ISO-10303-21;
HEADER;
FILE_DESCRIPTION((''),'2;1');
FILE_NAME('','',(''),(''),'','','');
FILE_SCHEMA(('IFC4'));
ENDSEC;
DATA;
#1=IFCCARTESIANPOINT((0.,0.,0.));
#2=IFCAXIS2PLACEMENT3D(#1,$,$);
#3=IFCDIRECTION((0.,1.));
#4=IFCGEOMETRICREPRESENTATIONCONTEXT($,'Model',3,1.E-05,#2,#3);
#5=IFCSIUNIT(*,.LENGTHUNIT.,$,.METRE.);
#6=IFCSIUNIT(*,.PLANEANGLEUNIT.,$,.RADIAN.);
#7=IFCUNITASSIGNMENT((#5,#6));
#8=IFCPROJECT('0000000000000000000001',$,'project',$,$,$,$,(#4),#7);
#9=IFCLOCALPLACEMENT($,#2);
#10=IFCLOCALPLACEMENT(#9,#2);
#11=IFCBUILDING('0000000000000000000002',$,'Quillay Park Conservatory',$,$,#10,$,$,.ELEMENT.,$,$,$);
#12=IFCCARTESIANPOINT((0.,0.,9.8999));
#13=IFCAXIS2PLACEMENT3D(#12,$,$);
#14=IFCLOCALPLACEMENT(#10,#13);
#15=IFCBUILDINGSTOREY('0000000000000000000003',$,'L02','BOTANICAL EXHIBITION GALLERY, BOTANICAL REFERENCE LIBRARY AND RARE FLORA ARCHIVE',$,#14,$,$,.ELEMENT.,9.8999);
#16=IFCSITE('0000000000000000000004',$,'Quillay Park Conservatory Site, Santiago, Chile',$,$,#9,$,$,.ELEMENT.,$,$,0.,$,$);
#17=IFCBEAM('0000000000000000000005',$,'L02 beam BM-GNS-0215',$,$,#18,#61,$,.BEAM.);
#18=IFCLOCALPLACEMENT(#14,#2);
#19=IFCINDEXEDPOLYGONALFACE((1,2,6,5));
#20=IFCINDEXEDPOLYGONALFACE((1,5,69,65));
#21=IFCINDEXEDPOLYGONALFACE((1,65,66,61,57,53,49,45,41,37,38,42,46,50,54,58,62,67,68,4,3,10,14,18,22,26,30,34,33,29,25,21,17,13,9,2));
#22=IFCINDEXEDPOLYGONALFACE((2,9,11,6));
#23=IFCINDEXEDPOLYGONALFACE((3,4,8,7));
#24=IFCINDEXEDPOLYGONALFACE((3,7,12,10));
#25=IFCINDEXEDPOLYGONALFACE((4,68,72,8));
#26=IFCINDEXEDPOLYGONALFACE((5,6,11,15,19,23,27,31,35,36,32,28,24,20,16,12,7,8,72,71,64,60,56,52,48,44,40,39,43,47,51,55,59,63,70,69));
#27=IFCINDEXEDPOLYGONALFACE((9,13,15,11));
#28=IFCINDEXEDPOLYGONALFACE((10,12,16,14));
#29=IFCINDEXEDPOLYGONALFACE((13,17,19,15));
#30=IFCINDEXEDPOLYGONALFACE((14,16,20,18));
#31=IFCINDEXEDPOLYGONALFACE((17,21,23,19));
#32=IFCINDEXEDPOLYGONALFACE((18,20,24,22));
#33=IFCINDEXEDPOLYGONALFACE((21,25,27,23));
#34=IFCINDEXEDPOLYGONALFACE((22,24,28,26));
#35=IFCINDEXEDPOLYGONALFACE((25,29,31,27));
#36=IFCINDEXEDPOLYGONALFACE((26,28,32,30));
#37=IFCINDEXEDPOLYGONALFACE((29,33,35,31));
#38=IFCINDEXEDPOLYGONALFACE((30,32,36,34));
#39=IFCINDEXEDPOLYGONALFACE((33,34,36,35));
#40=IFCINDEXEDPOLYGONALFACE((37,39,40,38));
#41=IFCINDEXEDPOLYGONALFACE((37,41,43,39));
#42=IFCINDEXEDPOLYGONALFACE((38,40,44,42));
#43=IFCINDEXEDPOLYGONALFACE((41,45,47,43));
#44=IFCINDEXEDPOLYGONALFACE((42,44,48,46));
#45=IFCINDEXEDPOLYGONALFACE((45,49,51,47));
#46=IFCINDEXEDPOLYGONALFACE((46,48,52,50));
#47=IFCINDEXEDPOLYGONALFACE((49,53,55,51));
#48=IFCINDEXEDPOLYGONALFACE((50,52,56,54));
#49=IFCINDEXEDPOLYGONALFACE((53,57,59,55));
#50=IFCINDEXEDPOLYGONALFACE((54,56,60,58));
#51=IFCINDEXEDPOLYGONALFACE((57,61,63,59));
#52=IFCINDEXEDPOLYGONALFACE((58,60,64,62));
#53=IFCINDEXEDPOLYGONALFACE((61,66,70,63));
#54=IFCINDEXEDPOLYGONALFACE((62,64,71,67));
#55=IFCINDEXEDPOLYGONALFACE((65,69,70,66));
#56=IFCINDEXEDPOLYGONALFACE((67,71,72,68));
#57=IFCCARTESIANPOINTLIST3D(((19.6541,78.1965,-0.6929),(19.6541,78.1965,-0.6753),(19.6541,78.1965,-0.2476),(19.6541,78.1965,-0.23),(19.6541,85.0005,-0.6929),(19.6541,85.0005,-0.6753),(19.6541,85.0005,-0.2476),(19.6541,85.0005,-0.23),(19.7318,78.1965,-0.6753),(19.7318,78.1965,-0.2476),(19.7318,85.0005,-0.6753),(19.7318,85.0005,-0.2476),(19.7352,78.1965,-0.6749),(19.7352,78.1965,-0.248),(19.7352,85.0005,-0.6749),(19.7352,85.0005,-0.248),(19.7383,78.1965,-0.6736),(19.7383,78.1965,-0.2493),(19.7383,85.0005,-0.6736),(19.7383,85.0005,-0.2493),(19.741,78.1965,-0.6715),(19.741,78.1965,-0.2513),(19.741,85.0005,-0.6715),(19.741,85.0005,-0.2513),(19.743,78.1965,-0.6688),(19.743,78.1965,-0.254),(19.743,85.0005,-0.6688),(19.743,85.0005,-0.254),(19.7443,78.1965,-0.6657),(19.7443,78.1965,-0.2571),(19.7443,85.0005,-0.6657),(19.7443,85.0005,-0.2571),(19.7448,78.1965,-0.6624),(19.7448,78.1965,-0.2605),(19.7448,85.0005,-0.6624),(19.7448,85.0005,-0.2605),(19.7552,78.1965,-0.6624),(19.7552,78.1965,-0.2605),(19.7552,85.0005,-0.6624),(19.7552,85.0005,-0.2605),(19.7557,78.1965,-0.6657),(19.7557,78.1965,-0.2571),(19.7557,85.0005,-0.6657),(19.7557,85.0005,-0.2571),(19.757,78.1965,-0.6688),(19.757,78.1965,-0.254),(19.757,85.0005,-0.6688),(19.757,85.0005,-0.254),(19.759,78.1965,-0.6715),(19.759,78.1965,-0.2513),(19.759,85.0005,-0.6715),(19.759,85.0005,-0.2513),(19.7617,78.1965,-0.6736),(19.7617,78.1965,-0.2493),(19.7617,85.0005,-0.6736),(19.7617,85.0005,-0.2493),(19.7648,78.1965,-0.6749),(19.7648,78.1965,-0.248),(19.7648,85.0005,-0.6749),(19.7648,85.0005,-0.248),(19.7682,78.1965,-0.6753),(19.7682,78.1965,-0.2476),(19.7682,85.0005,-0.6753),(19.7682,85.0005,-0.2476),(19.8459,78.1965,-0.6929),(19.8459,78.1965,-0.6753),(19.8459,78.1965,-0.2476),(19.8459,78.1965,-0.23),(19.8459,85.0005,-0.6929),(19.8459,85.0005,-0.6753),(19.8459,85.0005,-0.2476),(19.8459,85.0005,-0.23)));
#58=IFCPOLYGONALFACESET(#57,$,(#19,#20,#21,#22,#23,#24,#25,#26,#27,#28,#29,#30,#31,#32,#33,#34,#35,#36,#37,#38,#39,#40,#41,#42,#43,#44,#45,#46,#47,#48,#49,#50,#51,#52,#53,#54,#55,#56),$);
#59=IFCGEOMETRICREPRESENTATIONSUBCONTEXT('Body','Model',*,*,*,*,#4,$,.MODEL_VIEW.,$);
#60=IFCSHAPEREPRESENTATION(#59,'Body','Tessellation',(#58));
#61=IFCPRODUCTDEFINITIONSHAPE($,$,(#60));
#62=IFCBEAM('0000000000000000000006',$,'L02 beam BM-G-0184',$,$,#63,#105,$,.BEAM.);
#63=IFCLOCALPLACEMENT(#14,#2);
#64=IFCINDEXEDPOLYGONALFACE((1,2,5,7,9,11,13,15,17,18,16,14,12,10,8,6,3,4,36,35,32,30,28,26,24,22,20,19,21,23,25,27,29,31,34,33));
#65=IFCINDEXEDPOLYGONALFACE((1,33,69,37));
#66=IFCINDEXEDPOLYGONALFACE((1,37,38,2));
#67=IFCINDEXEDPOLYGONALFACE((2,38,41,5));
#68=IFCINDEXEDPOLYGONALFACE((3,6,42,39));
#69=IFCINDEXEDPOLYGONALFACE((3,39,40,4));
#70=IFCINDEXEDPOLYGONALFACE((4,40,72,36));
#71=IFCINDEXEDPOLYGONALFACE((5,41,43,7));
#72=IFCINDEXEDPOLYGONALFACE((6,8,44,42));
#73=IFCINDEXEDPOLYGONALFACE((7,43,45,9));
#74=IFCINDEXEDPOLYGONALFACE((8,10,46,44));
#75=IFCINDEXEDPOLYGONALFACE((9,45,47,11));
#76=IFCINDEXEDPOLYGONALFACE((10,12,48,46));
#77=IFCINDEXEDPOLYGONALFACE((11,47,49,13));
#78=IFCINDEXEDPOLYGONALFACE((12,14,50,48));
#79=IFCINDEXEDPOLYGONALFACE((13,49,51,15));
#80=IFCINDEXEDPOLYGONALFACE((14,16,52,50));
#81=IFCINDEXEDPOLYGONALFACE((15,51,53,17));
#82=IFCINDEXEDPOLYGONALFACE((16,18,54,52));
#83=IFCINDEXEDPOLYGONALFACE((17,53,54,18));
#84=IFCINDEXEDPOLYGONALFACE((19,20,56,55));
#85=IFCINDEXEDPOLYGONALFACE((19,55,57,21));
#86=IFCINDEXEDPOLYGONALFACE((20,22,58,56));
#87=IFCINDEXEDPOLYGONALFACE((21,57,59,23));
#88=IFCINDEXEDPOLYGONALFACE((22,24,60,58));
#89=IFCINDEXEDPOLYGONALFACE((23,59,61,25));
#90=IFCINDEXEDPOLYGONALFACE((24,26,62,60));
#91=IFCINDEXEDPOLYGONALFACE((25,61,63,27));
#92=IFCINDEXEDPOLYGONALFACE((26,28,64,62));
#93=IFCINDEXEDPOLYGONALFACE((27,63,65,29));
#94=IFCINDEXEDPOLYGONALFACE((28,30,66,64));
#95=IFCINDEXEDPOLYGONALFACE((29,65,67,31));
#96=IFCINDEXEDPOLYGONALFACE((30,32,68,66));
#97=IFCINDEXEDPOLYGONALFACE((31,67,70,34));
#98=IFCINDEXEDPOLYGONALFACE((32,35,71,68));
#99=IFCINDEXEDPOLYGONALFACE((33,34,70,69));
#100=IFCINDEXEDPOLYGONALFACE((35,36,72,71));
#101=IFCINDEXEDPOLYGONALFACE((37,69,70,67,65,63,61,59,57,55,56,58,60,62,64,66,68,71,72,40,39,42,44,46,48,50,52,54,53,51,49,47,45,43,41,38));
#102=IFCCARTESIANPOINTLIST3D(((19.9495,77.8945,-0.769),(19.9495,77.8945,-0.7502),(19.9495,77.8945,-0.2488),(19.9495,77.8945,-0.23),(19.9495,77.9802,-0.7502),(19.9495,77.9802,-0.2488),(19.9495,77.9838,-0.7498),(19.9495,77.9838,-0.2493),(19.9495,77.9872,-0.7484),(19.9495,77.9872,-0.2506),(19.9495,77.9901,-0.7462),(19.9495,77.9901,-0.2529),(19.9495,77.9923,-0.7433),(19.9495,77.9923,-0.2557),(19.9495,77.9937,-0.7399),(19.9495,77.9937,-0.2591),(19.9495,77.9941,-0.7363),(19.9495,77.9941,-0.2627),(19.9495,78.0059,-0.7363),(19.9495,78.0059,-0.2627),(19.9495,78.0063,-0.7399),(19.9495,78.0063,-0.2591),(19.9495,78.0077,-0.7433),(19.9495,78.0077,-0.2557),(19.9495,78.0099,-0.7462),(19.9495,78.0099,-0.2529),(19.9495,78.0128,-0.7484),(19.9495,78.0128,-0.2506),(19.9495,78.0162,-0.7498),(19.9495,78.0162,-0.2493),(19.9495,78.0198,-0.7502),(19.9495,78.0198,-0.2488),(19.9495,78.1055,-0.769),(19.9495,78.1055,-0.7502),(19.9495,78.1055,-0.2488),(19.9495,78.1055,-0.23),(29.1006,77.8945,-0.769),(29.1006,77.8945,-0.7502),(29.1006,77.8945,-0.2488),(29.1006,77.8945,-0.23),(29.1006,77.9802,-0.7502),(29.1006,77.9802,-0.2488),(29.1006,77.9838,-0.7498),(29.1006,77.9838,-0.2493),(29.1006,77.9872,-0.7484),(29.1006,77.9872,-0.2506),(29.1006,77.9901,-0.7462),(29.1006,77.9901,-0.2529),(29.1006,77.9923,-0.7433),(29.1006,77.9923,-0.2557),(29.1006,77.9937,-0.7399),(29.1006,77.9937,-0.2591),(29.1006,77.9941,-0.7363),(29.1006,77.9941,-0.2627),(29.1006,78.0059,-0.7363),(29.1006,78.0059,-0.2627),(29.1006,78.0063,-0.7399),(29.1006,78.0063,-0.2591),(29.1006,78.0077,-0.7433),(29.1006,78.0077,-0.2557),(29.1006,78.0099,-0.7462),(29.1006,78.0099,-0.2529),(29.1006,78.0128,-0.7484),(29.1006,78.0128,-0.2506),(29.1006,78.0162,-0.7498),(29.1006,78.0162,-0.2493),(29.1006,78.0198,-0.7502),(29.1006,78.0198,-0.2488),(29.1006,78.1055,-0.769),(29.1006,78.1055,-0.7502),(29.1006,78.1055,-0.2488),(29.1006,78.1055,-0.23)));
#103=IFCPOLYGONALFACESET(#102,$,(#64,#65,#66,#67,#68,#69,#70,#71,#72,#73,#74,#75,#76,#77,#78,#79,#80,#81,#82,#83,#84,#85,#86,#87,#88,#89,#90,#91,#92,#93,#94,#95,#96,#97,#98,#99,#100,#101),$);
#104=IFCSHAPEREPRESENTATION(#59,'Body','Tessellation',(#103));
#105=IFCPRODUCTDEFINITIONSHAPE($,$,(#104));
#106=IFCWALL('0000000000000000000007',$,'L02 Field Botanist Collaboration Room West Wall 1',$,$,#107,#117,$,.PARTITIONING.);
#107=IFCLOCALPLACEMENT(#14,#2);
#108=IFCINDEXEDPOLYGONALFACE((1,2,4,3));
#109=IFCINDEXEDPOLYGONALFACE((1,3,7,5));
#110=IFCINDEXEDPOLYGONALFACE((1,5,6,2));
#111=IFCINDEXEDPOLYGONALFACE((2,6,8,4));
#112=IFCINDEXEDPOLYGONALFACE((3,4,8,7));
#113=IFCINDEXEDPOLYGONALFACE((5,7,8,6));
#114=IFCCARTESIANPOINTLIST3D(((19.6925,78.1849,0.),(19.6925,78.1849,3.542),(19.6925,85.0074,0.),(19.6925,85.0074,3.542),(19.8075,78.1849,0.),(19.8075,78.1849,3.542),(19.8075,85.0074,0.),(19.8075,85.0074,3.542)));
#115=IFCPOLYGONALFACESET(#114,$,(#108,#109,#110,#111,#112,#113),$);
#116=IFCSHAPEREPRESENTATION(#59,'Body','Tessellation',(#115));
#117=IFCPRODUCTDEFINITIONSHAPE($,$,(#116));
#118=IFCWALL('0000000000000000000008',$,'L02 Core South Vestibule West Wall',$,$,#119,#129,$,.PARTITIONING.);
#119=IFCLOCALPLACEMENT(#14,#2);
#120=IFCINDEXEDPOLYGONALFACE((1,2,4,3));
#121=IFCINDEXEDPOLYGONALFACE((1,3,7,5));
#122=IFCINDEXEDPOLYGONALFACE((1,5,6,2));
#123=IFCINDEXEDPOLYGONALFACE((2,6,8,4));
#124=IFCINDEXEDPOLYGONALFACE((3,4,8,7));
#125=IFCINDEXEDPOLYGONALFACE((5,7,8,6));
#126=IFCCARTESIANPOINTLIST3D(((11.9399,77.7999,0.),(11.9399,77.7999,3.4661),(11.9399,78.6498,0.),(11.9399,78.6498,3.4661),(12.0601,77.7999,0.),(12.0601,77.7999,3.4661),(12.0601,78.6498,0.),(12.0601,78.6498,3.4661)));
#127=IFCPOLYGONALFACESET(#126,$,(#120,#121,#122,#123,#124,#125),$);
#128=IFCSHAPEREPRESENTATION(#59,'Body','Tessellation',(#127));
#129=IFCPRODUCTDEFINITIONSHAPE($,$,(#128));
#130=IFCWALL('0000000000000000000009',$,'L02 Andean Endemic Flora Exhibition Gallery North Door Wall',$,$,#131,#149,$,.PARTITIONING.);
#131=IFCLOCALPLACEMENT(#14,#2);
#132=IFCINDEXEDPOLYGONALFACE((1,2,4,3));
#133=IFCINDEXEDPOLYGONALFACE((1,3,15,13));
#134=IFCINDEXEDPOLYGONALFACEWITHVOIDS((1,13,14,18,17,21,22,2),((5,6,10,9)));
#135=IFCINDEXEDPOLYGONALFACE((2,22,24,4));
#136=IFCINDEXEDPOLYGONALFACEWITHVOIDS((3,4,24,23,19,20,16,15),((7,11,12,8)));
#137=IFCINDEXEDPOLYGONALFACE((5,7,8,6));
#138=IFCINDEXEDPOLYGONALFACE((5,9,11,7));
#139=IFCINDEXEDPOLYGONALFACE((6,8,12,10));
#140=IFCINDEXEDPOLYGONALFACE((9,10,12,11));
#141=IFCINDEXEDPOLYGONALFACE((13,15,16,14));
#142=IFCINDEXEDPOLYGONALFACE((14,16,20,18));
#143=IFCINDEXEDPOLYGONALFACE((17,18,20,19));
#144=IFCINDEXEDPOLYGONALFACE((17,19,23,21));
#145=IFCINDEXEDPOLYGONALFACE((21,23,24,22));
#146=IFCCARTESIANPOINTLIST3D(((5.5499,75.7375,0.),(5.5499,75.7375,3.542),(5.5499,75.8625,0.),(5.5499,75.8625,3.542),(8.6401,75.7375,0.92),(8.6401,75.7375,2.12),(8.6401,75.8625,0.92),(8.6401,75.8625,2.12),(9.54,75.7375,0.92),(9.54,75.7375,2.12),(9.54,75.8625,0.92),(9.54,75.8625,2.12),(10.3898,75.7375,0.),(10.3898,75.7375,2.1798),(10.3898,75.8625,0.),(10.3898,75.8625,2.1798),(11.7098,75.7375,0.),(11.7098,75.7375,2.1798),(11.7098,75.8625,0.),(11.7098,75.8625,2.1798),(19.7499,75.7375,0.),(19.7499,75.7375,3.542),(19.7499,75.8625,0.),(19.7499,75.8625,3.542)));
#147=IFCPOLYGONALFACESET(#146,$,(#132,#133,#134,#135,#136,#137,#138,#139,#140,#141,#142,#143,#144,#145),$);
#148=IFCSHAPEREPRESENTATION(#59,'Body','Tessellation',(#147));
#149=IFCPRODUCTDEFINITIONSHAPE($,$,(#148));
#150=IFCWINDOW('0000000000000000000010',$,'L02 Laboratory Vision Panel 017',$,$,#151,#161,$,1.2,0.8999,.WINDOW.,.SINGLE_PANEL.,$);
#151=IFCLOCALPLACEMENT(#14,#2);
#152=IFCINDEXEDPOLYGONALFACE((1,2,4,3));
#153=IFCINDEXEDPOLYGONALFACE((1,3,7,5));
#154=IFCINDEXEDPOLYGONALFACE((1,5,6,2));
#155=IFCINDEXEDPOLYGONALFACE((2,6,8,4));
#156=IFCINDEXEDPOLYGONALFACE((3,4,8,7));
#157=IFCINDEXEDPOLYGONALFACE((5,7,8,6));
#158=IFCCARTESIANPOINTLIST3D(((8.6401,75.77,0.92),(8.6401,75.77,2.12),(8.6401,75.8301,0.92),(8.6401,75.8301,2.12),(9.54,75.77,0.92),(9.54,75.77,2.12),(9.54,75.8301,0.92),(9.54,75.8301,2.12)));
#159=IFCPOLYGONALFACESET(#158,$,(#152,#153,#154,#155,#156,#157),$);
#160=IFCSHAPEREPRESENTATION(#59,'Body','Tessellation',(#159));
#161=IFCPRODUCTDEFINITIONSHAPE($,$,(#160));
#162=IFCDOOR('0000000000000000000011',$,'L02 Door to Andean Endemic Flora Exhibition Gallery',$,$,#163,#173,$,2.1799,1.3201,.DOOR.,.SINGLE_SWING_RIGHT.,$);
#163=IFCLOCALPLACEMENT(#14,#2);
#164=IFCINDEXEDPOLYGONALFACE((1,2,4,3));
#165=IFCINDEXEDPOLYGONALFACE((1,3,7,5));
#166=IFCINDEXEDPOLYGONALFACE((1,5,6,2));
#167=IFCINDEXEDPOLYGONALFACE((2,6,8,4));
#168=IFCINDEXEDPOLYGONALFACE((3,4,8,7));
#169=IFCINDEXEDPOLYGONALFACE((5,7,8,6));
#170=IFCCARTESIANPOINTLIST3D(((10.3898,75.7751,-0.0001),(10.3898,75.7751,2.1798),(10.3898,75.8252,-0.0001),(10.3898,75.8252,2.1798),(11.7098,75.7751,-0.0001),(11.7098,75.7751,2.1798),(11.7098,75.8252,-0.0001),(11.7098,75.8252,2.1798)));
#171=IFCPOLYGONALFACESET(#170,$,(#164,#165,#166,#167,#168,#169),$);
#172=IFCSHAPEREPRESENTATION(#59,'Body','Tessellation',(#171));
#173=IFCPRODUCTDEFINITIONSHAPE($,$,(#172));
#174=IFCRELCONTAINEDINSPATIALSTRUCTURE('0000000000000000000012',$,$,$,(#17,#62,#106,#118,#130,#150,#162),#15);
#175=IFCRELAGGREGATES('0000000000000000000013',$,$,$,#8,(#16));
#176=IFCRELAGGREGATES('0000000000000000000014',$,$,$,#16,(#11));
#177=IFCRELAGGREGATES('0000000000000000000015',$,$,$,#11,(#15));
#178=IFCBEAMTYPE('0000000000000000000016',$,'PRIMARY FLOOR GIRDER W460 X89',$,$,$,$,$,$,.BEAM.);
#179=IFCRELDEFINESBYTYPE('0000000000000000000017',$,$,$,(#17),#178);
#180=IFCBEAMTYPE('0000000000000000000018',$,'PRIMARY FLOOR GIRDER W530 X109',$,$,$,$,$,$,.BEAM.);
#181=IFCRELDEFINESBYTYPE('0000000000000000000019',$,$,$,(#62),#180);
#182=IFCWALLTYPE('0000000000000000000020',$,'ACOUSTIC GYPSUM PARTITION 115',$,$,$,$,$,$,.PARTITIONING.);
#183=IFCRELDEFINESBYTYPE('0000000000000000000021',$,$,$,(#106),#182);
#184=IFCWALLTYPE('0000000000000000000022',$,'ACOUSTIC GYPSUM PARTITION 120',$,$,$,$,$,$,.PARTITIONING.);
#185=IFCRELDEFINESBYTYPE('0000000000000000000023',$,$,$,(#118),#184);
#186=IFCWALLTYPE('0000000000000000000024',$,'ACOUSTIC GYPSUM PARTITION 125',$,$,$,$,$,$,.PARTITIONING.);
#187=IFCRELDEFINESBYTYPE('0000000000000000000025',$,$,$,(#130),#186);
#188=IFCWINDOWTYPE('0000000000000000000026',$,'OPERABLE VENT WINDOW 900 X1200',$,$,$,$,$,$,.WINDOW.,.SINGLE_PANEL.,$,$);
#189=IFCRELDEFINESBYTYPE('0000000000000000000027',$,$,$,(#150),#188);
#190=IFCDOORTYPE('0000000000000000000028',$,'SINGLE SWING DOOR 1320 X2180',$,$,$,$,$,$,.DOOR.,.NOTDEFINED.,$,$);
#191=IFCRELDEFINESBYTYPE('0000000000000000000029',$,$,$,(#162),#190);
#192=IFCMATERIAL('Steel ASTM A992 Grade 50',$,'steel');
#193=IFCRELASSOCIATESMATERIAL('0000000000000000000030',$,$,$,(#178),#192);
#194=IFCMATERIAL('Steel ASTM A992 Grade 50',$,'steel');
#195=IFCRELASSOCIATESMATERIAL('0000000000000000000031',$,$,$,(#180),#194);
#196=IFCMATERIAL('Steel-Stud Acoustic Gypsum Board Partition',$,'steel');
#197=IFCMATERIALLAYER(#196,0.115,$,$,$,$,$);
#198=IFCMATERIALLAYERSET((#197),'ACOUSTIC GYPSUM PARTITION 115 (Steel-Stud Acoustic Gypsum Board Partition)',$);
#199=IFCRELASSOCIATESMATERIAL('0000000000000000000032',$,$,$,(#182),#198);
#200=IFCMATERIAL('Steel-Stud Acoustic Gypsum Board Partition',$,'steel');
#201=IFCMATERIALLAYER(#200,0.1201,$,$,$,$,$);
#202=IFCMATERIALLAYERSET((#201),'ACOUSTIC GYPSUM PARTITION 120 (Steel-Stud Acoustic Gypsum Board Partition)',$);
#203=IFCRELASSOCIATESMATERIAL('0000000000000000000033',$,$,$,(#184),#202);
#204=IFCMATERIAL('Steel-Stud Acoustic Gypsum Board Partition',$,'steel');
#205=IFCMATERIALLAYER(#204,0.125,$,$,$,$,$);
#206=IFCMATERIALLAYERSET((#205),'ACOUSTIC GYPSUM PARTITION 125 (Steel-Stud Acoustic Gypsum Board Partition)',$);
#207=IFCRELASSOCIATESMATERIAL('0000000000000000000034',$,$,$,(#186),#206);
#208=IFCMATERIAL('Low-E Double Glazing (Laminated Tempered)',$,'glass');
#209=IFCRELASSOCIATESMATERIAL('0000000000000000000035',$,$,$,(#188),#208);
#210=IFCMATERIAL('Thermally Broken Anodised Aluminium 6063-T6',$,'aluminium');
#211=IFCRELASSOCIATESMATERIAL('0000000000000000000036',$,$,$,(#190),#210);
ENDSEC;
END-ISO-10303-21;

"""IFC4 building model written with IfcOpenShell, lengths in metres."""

from ifc_helpers import new_model, si_unit, direction, frame, frame_2d, origin, origin_2d, place, context, subcontext, project, spatial, rectangle, i_section, extrude, material, layer, layer_set, material_profile, profile_set, type_object, element, fill, save


model = new_model("IFC4")

# Units and contexts
model_context = context("Model", 3, precision=1e-05, world=origin(), true_north=direction((0.0, 1.0)))
body_context = subcontext(model_context, "Body", "Model", "MODEL_VIEW")
ifc_project = project(units=[si_unit("LENGTHUNIT", "METRE"), si_unit("PLANEANGLEUNIT", "RADIAN")], contexts=[model_context])

# Site, building, storey
site_placement = place(None, origin())
site = spatial("IfcSite", under=ifc_project, at=site_placement, Name="Quillay Park Conservatory Site, Santiago, Chile", CompositionType="ELEMENT", RefElevation=0.0)
building_placement = place(site_placement, origin())
building = spatial("IfcBuilding", under=site, at=building_placement, Name="Quillay Park Conservatory", CompositionType="ELEMENT")
storey_placement = place(building_placement, frame((0.0, 0.0, 9.8999)))
storey = spatial("IfcBuildingStorey", under=building, at=storey_placement, Name="L02", Description="BOTANICAL EXHIBITION GALLERY, BOTANICAL REFERENCE LIBRARY AND RARE FLORA ARCHIVE", CompositionType="ELEMENT", Elevation=9.8999)

# Beams
ifc_material_1 = material(Name="Steel ASTM A992 Grade 50", Category="steel")
ifc_material_profile_1 = material_profile(ifc_material_1, i_section(OverallWidth=0.1919, OverallDepth=0.4629, WebThickness=0.0105, FlangeThickness=0.0176, FilletRadius=0.0129, at=origin_2d()), Name="W460x89")
ifc_profile_set_1 = profile_set([ifc_material_profile_1], Name="Steel ASTM A992 Grade 50")
beam_type_1 = type_object("IfcBeamType", Name="PRIMARY FLOOR GIRDER W460 X89", PredefinedType="BEAM", material=ifc_profile_set_1)
beam_1_placement = place(storey_placement, frame((19.75, 78.1965, -0.4614), z_axis=(0.0, 1.0, 0.0), x_axis=(-1.0, 0.0, 0.0)))
element("IfcBeam", 1, at=beam_1_placement, inside=storey, type_object=beam_type_1, Name="L02 beam BM-GNS-0215", PredefinedType="BEAM", context=body_context, shape_type="SweptSolid", body=[
    extrude(i_section(OverallWidth=0.1919, OverallDepth=0.4629, WebThickness=0.0105, FlangeThickness=0.0176, FilletRadius=0.0129, at=origin_2d()), origin(), (0.0, 0.0, 1.0), 6.804),
])
ifc_material_2 = material(Name="Steel ASTM A992 Grade 50", Category="steel")
ifc_material_profile_2 = material_profile(ifc_material_2, i_section(OverallWidth=0.2109, OverallDepth=0.5391, WebThickness=0.0117, FlangeThickness=0.0188, FilletRadius=0.0139, at=origin_2d()), Name="W530x109")
ifc_profile_set_2 = profile_set([ifc_material_profile_2], Name="Steel ASTM A992 Grade 50")
beam_type_2 = type_object("IfcBeamType", Name="PRIMARY FLOOR GIRDER W530 X109", PredefinedType="BEAM", material=ifc_profile_set_2)
beam_2_placement = place(storey_placement, frame((19.9495, 78.0, -0.4995), z_axis=(1.0, 0.0, 0.0), x_axis=(0.0, 1.0, 0.0)))
element("IfcBeam", 2, at=beam_2_placement, inside=storey, type_object=beam_type_2, Name="L02 beam BM-G-0184", PredefinedType="BEAM", context=body_context, shape_type="SweptSolid", body=[
    extrude(i_section(OverallWidth=0.2109, OverallDepth=0.5391, WebThickness=0.0117, FlangeThickness=0.0188, FilletRadius=0.0139, at=origin_2d()), origin(), (0.0, 0.0, 1.0), 9.1511),
])

# Walls
ifc_material_3 = material(Name="Steel-Stud Acoustic Gypsum Board Partition", Category="steel")
ifc_layer_1 = layer(ifc_material_3, 0.115)
ifc_layer_set_1 = layer_set([ifc_layer_1], Name="ACOUSTIC GYPSUM PARTITION 115 (Steel-Stud Acoustic Gypsum Board Partition)")
wall_type_1 = type_object("IfcWallType", Name="ACOUSTIC GYPSUM PARTITION 115", PredefinedType="PARTITIONING", material=ifc_layer_set_1)
wall_1_placement = place(storey_placement, frame((19.75, 78.1851, 0.0), z_axis=(0.0, 0.0, 1.0), x_axis=(0.0, 1.0, 0.0)))
element("IfcWall", 3, at=wall_1_placement, inside=storey, type_object=wall_type_1, Name="L02 Field Botanist Collaboration Room West Wall 1", PredefinedType="PARTITIONING", context=body_context, shape_type="SweptSolid", body=[
    extrude(rectangle(XDim=6.8225, YDim=0.115, at=frame_2d((3.4111, 0.0))), origin(), (0.0, 0.0, 1.0), 3.542),
])
ifc_material_4 = material(Name="Steel-Stud Acoustic Gypsum Board Partition", Category="steel")
ifc_layer_2 = layer(ifc_material_4, 0.1201)
ifc_layer_set_2 = layer_set([ifc_layer_2], Name="ACOUSTIC GYPSUM PARTITION 120 (Steel-Stud Acoustic Gypsum Board Partition)")
wall_type_2 = type_object("IfcWallType", Name="ACOUSTIC GYPSUM PARTITION 120", PredefinedType="PARTITIONING", material=ifc_layer_set_2)
wall_2_placement = place(storey_placement, frame((12.0, 77.8, 0.0), z_axis=(0.0, 0.0, 1.0), x_axis=(0.0, 1.0, 0.0)))
element("IfcWall", 4, at=wall_2_placement, inside=storey, type_object=wall_type_2, Name="L02 Core South Vestibule West Wall", PredefinedType="PARTITIONING", context=body_context, shape_type="SweptSolid", body=[
    extrude(rectangle(XDim=0.8499, YDim=0.1201, at=frame_2d((0.4248, 0.0))), origin(), (0.0, 0.0, 1.0), 3.4661),
])

# Wall, openings, window, door
ifc_material_5 = material(Name="Steel-Stud Acoustic Gypsum Board Partition", Category="steel")
ifc_layer_3 = layer(ifc_material_5, 0.125)
ifc_layer_set_3 = layer_set([ifc_layer_3], Name="ACOUSTIC GYPSUM PARTITION 125 (Steel-Stud Acoustic Gypsum Board Partition)")
wall_type_3 = type_object("IfcWallType", Name="ACOUSTIC GYPSUM PARTITION 125", PredefinedType="PARTITIONING", material=ifc_layer_set_3)
wall_3_placement = place(storey_placement, frame((19.75, 75.8, 0.0), z_axis=(0.0, 0.0, 1.0), x_axis=(-1.0, 0.0, 0.0)))
wall_3 = element("IfcWall", 5, at=wall_3_placement, inside=storey, type_object=wall_type_3, Name="L02 Andean Endemic Flora Exhibition Gallery North Door Wall", PredefinedType="PARTITIONING", context=body_context, shape_type="SweptSolid", body=[
    extrude(rectangle(XDim=14.2, YDim=0.125, at=frame_2d((7.1001, 0.0))), origin(), (0.0, 0.0, 1.0), 3.542),
])
opening_1_placement = place(wall_3_placement, frame((8.04, 0.0, 0.0)))
opening_1 = element("IfcOpeningElement", 6, at=opening_1_placement, cuts=wall_3, PredefinedType="OPENING", context=body_context, shape_type="SweptSolid", body=[
    extrude(rectangle(XDim=1.3201, YDim=2.1799, at=frame_2d((0.6602, 1.0898))), frame((0.0, 0.0625, 0.0), z_axis=(0.0, -1.0, 0.0), x_axis=(1.0, 0.0, 0.0)), (0.0, 0.0, 1.0), 0.125),
])
opening_2_placement = place(wall_3_placement, frame((10.21, 0.0, 0.9199)))
opening_2 = element("IfcOpeningElement", 7, at=opening_2_placement, cuts=wall_3, PredefinedType="OPENING", context=body_context, shape_type="SweptSolid", body=[
    extrude(rectangle(XDim=0.8999, YDim=1.2, at=frame_2d((0.45, 0.6001))), frame((0.0, 0.0625, 0.0), z_axis=(0.0, -1.0, 0.0), x_axis=(1.0, 0.0, 0.0)), (0.0, 0.0, 1.0), 0.125),
])
ifc_material_6 = material(Name="Low-E Double Glazing (Laminated Tempered)", Category="glass")
window_type = type_object("IfcWindowType", Name="OPERABLE VENT WINDOW 900 X1200", PartitioningType="SINGLE_PANEL", PredefinedType="WINDOW", material=ifc_material_6)
window_placement = place(opening_2_placement, origin())
window = element("IfcWindow", 8, at=window_placement, inside=storey, type_object=window_type, Name="L02 Laboratory Vision Panel 017", OverallHeight=1.2, OverallWidth=0.8999, PartitioningType="SINGLE_PANEL", PredefinedType="WINDOW", context=body_context, shape_type="SweptSolid", body=[
    extrude(rectangle(XDim=0.8999, YDim=1.2, at=frame_2d((0.45, 0.6001))), frame((0.0, 0.03, 0.0), z_axis=(0.0, -1.0, 0.0), x_axis=(1.0, 0.0, 0.0)), (0.0, 0.0, 1.0), 0.0601),
])
fill(opening_2, window)
ifc_material_7 = material(Name="Thermally Broken Anodised Aluminium 6063-T6", Category="aluminium")
door_type_1 = type_object("IfcDoorType", Name="SINGLE SWING DOOR 1320 X2180", OperationType="NOTDEFINED", PredefinedType="DOOR", material=ifc_material_7)
door_1_placement = place(opening_1_placement, origin())
door_1 = element("IfcDoor", 9, at=door_1_placement, inside=storey, type_object=door_type_1, Name="L02 Door to Andean Endemic Flora Exhibition Gallery", OperationType="SINGLE_SWING_RIGHT", OverallHeight=2.1799, OverallWidth=1.3201, PredefinedType="DOOR", context=body_context, shape_type="SweptSolid", body=[
    extrude(rectangle(XDim=1.3201, YDim=2.1799, at=frame_2d((0.6602, 1.0898))), frame((0.0, 0.0249, 0.0), z_axis=(0.0, -1.0, 0.0), x_axis=(1.0, 0.0, 0.0)), (0.0, 0.0, 1.0), 0.05),
])
fill(opening_1, door_1)

save(model, "model.ifc")
